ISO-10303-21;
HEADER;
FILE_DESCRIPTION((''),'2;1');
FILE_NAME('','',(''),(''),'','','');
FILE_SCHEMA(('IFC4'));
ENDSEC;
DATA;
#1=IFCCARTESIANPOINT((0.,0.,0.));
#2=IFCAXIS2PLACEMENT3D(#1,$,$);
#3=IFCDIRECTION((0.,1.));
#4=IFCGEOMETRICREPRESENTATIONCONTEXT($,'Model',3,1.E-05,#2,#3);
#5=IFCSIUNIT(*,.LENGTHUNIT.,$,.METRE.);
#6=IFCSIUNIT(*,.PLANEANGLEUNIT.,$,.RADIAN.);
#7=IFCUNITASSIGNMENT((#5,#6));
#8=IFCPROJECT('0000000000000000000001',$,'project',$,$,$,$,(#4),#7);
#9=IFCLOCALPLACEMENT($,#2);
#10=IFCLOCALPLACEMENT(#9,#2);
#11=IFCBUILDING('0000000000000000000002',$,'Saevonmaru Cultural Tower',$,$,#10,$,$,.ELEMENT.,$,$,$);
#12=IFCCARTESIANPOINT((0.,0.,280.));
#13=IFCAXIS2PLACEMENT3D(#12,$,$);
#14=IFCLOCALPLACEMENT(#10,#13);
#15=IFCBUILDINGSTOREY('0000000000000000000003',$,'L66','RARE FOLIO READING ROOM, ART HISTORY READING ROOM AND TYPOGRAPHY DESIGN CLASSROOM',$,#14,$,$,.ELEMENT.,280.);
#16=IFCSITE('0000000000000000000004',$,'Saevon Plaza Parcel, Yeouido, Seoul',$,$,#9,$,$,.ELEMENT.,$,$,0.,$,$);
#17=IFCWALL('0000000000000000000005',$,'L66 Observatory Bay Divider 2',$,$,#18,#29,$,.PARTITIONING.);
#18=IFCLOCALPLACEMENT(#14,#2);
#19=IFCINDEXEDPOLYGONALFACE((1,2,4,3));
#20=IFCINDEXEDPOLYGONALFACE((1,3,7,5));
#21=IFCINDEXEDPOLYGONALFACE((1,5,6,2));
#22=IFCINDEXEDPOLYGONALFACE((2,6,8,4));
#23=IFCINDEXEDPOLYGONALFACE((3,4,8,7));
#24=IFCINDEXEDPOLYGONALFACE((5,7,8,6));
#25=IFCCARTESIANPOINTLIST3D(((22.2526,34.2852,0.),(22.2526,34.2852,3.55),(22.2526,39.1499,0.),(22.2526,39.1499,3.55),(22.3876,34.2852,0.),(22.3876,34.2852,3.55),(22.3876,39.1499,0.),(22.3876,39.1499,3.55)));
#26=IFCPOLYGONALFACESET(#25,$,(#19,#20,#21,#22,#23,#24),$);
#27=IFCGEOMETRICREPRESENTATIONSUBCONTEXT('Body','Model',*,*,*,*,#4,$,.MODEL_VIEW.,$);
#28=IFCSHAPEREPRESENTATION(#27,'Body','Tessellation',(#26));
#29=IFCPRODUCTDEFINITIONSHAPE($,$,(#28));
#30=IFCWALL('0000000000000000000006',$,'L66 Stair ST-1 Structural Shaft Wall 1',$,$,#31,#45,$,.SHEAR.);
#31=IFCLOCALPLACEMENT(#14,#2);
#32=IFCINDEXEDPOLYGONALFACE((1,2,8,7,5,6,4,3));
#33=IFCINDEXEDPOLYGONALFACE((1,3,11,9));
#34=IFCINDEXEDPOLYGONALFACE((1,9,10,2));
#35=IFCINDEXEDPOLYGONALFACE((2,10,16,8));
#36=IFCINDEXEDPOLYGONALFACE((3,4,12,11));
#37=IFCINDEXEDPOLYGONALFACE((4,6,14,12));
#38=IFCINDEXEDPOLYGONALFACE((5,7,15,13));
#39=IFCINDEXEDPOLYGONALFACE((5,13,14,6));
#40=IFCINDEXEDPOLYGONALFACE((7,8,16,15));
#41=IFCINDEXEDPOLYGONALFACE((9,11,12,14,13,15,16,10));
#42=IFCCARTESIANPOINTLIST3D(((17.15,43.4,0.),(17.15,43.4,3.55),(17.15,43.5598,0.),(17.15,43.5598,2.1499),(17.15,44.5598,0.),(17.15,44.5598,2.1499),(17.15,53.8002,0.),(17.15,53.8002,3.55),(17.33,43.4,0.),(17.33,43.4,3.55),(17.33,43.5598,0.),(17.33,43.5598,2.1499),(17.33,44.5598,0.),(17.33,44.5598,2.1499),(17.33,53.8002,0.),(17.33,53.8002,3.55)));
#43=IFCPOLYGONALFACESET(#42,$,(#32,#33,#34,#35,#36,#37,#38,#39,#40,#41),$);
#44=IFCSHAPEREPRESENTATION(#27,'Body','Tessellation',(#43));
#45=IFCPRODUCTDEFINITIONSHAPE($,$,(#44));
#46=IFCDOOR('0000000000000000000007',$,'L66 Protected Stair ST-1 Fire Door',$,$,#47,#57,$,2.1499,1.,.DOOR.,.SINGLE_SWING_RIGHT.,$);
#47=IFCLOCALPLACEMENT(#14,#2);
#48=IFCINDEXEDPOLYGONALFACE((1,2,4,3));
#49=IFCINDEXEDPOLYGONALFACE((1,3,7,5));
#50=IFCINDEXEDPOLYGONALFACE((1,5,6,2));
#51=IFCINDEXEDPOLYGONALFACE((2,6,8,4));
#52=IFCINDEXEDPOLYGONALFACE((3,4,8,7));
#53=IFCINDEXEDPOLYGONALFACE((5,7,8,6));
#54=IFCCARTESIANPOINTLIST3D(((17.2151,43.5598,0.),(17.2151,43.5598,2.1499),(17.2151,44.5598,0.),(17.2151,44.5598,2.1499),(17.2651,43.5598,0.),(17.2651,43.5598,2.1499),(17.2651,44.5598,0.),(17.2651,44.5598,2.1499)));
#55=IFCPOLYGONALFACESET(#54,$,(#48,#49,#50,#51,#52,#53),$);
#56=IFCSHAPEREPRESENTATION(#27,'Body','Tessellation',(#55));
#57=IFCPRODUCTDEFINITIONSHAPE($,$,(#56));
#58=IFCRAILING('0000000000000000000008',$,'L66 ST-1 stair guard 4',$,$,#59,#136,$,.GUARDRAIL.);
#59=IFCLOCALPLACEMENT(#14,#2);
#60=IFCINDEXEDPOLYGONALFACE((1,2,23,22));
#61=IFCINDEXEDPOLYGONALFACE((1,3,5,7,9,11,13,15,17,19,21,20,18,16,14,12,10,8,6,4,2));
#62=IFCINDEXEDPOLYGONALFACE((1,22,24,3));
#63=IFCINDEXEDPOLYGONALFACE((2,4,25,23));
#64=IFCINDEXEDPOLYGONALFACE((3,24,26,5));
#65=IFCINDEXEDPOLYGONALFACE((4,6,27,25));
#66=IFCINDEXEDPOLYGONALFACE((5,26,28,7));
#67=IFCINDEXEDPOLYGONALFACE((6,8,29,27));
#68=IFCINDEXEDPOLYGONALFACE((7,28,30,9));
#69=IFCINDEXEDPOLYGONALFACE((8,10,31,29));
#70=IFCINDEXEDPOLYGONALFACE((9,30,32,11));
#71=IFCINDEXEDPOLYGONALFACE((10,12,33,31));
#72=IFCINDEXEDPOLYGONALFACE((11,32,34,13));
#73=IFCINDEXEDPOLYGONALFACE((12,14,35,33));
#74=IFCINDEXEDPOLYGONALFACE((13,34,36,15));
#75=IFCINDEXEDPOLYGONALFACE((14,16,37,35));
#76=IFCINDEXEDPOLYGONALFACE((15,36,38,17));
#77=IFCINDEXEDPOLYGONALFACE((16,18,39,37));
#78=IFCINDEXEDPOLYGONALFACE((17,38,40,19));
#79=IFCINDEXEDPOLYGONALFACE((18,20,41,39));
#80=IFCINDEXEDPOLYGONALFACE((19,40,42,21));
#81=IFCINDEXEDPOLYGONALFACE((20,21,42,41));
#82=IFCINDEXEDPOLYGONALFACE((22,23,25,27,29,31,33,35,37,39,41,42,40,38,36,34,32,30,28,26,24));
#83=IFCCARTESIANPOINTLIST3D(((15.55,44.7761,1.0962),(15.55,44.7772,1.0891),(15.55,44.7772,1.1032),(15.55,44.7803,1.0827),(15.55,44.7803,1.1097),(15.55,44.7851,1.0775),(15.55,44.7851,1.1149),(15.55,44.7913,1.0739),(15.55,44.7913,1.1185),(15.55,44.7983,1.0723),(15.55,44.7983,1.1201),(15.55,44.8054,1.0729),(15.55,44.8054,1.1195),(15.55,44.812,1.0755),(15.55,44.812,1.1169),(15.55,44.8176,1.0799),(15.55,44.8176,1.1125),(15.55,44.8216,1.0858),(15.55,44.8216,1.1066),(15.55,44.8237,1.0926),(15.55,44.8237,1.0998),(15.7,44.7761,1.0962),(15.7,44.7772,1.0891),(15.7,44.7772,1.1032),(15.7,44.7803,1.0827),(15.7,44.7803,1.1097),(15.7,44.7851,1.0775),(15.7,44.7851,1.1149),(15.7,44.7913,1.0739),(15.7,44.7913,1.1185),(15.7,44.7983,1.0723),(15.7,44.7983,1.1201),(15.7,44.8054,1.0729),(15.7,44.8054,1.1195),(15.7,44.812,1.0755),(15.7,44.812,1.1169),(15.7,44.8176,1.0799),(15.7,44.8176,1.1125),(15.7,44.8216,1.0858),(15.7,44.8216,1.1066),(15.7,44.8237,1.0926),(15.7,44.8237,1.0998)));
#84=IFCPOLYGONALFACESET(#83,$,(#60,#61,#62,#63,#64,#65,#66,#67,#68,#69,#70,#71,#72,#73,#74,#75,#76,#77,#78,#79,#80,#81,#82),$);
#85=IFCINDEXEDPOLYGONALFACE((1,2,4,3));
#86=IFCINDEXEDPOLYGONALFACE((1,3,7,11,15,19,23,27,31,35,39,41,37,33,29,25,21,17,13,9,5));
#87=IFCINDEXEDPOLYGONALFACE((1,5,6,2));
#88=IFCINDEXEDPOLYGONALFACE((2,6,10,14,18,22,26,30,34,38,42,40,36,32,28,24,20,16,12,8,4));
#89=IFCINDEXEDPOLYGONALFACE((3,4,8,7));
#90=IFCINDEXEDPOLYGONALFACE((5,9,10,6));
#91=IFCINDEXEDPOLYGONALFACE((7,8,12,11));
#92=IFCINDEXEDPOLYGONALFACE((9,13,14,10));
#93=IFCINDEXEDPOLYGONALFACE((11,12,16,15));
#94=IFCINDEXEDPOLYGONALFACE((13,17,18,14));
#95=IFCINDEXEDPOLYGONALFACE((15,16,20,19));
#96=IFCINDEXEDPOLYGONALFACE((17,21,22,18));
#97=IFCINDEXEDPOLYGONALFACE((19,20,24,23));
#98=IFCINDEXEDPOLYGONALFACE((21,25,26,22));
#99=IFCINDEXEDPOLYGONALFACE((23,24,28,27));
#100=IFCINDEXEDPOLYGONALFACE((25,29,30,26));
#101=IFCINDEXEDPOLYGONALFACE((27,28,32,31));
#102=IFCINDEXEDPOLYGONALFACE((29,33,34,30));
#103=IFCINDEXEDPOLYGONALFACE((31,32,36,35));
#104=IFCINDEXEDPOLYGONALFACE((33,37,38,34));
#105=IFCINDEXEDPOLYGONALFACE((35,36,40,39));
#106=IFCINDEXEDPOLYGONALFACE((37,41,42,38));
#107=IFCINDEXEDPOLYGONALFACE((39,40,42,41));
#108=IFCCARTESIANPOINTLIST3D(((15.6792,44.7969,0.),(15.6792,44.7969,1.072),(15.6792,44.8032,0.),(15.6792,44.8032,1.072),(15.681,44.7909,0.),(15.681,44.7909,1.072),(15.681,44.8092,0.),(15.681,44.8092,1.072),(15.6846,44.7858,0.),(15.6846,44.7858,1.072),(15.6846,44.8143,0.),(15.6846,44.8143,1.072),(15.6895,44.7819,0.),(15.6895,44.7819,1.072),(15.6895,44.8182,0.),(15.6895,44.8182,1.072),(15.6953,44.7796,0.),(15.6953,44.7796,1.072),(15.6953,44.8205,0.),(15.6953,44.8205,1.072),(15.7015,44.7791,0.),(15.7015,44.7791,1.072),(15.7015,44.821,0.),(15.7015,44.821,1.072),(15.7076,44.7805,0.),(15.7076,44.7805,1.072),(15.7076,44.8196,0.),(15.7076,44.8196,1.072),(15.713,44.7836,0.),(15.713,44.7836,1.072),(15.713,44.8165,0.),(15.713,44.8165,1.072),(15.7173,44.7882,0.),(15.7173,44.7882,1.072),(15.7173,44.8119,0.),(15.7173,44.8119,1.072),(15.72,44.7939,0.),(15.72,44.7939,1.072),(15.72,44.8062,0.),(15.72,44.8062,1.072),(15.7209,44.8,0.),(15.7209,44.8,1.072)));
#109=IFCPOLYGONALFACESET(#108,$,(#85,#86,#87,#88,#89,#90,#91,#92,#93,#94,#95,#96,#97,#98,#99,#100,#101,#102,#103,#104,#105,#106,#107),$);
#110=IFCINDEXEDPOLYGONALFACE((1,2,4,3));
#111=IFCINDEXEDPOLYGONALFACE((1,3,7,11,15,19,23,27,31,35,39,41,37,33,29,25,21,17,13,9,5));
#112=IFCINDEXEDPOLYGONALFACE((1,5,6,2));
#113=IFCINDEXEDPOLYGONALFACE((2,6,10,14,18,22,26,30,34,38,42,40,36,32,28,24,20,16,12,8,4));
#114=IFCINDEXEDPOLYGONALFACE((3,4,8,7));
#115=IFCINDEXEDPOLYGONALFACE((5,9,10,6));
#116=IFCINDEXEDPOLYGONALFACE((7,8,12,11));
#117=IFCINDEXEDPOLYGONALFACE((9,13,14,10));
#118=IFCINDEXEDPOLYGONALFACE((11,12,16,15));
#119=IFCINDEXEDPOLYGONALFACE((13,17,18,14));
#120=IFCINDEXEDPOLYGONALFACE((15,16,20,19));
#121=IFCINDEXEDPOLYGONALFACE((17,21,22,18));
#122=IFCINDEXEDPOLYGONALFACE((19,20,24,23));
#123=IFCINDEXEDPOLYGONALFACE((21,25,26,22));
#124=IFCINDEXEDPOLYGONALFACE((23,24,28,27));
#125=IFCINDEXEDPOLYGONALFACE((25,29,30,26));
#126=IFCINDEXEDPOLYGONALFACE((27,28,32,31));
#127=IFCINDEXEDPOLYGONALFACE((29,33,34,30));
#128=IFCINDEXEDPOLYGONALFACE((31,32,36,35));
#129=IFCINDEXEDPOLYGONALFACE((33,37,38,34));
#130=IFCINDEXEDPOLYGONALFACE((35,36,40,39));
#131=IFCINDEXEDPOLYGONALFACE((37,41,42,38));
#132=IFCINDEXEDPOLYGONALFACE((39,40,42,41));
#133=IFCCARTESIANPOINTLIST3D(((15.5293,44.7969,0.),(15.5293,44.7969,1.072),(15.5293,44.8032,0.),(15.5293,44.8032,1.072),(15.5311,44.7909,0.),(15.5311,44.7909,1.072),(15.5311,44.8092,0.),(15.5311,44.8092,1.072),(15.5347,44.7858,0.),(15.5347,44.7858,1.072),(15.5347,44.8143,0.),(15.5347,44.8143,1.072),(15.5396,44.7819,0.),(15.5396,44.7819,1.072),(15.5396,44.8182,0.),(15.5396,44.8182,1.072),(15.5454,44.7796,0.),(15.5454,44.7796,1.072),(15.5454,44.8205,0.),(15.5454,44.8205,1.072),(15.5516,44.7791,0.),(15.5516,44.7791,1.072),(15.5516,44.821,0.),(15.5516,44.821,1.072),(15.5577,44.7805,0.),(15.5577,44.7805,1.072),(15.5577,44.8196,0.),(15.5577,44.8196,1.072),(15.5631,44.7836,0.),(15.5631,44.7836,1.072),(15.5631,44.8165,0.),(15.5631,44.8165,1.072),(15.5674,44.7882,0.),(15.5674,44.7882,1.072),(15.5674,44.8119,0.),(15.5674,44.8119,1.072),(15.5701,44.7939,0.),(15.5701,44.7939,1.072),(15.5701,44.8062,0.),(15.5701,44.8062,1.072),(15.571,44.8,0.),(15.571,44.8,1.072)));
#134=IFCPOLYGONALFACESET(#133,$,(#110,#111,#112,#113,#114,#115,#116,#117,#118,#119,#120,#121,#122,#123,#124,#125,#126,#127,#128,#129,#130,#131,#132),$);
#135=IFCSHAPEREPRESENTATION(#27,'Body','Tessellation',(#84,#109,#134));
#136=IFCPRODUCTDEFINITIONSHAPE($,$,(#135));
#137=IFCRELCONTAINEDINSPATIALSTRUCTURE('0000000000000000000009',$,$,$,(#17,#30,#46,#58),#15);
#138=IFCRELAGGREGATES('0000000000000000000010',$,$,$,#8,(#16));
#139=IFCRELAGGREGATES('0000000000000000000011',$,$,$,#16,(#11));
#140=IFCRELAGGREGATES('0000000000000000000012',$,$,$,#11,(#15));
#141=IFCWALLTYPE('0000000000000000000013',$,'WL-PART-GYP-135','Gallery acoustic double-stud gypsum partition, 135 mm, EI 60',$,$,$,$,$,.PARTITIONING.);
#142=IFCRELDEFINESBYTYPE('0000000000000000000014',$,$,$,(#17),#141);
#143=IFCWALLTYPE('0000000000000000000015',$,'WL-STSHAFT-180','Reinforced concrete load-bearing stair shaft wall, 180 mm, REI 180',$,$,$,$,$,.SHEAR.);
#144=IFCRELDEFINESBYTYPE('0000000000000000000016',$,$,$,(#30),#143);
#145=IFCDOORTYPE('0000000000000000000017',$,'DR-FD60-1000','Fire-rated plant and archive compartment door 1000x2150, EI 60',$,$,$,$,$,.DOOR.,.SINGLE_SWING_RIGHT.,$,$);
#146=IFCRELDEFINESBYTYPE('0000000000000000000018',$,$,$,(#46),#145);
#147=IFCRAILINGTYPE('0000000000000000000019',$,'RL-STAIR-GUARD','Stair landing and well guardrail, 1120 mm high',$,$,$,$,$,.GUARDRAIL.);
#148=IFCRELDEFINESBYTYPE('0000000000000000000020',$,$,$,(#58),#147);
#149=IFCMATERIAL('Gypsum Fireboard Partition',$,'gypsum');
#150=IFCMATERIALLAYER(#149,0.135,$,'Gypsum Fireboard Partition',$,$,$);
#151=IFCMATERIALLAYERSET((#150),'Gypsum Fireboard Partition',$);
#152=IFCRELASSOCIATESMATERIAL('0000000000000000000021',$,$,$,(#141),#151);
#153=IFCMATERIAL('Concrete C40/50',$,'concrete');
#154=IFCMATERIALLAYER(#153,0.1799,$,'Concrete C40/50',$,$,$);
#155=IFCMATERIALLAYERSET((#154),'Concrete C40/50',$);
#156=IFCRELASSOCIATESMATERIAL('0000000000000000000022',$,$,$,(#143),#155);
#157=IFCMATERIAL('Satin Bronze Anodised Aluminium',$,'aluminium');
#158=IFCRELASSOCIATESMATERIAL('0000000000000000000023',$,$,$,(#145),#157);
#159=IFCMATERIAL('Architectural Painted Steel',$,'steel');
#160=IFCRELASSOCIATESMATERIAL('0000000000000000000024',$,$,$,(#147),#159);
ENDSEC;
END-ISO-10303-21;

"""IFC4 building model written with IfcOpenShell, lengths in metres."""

from ifc_helpers import new_model, si_unit, direction, frame, frame_2d, origin, origin_2d, place, context, subcontext, project, spatial, rectangle, circle, extrude, material, layer, layer_set, type_object, element, fill, save


model = new_model("IFC4")

# Units and contexts
model_context = context("Model", 3, precision=1e-05, world=origin(), true_north=direction((0.0, 1.0)))
body_context = subcontext(model_context, "Body", "Model", "MODEL_VIEW")
ifc_project = project(units=[si_unit("LENGTHUNIT", "METRE"), si_unit("PLANEANGLEUNIT", "RADIAN")], contexts=[model_context])

# Site, building, storey
site_placement = place(None, origin())
site = spatial("IfcSite", under=ifc_project, at=site_placement, Name="Saevon Plaza Parcel, Yeouido, Seoul", CompositionType="ELEMENT", RefElevation=0.0)
building_placement = place(site_placement, origin())
building = spatial("IfcBuilding", under=site, at=building_placement, Name="Saevonmaru Cultural Tower", CompositionType="ELEMENT")
storey_placement = place(building_placement, frame((0.0, 0.0, 280.0)))
storey = spatial("IfcBuildingStorey", under=building, at=storey_placement, Name="L66", Description="RARE FOLIO READING ROOM, ART HISTORY READING ROOM AND TYPOGRAPHY DESIGN CLASSROOM", CompositionType="ELEMENT", Elevation=280.0)

# Shared definitions
ifc_material_1 = material(Name="Satin Bronze Anodised Aluminium", Category="aluminium")

# Shared definitions
ifc_material_2 = material(Name="Gypsum Fireboard Partition", Category="gypsum")

# Wall
ifc_layer_1 = layer(ifc_material_2, 0.135, Name="Gypsum Fireboard Partition")
ifc_layer_set_1 = layer_set([ifc_layer_1], Name="Gypsum Fireboard Partition")
wall_type_1 = type_object("IfcWallType", Name="WL-PART-GYP-135", Description="Gallery acoustic double-stud gypsum partition, 135 mm, EI 60", PredefinedType="PARTITIONING", material=ifc_layer_set_1)
wall_1_placement = place(storey_placement, frame((22.3201, 34.2852, 0.0), z_axis=(0.0, 0.0, 1.0), x_axis=(0.0, 1.0, 0.0)))
element("IfcWall", 1, at=wall_1_placement, inside=storey, type_object=wall_type_1, Name="L66 Observatory Bay Divider 2", PredefinedType="PARTITIONING", context=body_context, shape_type="SweptSolid", body=[
    extrude(rectangle(XDim=4.8647, YDim=0.135, at=frame_2d((2.4324, 0.0))), origin(), (0.0, 0.0, 1.0), 3.55),
])

# Wall, opening, door
ifc_material_3 = material(Name="Concrete C40/50", Category="concrete")
ifc_layer_2 = layer(ifc_material_3, 0.1799, Name="Concrete C40/50")
ifc_layer_set_2 = layer_set([ifc_layer_2], Name="Concrete C40/50")
wall_type_2 = type_object("IfcWallType", Name="WL-STSHAFT-180", Description="Reinforced concrete load-bearing stair shaft wall, 180 mm, REI 180", PredefinedType="SHEAR", material=ifc_layer_set_2)
wall_2_placement = place(storey_placement, frame((17.24, 43.3999, 0.0), z_axis=(0.0, 0.0, 1.0), x_axis=(0.0, 1.0, 0.0)))
wall_2 = element("IfcWall", 2, at=wall_2_placement, inside=storey, type_object=wall_type_2, Name="L66 Stair ST-1 Structural Shaft Wall 1", PredefinedType="SHEAR", context=body_context, shape_type="SweptSolid", body=[
    extrude(rectangle(XDim=10.4001, YDim=0.1799, at=frame_2d((5.2002, 0.0))), origin(), (0.0, 0.0, 1.0), 3.55),
])
opening_1_placement = place(wall_2_placement, frame((0.1599, 0.0, 0.0)))
opening_1 = element("IfcOpeningElement", 3, at=opening_1_placement, cuts=wall_2, PredefinedType="OPENING", context=body_context, shape_type="SweptSolid", body=[
    extrude(rectangle(XDim=1.0, YDim=2.1499, at=frame_2d((0.5, 1.075))), frame((0.0, 0.1001, 0.0), z_axis=(0.0, -1.0, 0.0), x_axis=(1.0, 0.0, 0.0)), (0.0, 0.0, 1.0), 0.2),
])
door_type_1 = type_object("IfcDoorType", Name="DR-FD60-1000", Description="Fire-rated plant and archive compartment door 1000x2150, EI 60", OperationType="SINGLE_SWING_RIGHT", PredefinedType="DOOR", material=ifc_material_1)
door_1_placement = place(opening_1_placement, origin())
door_1 = element("IfcDoor", 4, at=door_1_placement, inside=storey, type_object=door_type_1, Name="L66 Protected Stair ST-1 Fire Door", OperationType="SINGLE_SWING_RIGHT", OverallHeight=2.1499, OverallWidth=1.0, PredefinedType="DOOR", context=body_context, shape_type="SweptSolid", body=[
    extrude(rectangle(XDim=1.0, YDim=2.1499, at=frame_2d((0.5, 1.075))), frame((0.0, 0.0249, 0.0), z_axis=(0.0, -1.0, 0.0), x_axis=(1.0, 0.0, 0.0)), (0.0, 0.0, 1.0), 0.05),
])
fill(opening_1, door_1)

# Railing
ifc_material_4 = material(Name="Architectural Painted Steel", Category="steel")
railing_type = type_object("IfcRailingType", Name="RL-STAIR-GUARD", Description="Stair landing and well guardrail, 1120 mm high", PredefinedType="GUARDRAIL", material=ifc_material_4)
railing_placement = place(storey_placement, frame((15.7, 44.8, 0.0)))
element("IfcRailing", 5, at=railing_placement, inside=storey, type_object=railing_type, Name="L66 ST-1 stair guard 4", PredefinedType="GUARDRAIL", context=body_context, shape_type="SweptSolid", body=[
    extrude(circle(Radius=0.0239, at=origin_2d()), frame((0.0, 0.0, 1.0962), z_axis=(-1.0, 0.0, 0.0), x_axis=(0.0, -1.0, 0.0)), (0.0, 0.0, 1.0), 0.1499),
    extrude(circle(Radius=0.021, at=origin_2d()), origin(), (0.0, 0.0, 1.0), 1.072),
    extrude(circle(Radius=0.021, at=origin_2d()), frame((-0.1499, 0.0, 0.0)), (0.0, 0.0, 1.0), 1.072),
])

save(model, "model.ifc")
